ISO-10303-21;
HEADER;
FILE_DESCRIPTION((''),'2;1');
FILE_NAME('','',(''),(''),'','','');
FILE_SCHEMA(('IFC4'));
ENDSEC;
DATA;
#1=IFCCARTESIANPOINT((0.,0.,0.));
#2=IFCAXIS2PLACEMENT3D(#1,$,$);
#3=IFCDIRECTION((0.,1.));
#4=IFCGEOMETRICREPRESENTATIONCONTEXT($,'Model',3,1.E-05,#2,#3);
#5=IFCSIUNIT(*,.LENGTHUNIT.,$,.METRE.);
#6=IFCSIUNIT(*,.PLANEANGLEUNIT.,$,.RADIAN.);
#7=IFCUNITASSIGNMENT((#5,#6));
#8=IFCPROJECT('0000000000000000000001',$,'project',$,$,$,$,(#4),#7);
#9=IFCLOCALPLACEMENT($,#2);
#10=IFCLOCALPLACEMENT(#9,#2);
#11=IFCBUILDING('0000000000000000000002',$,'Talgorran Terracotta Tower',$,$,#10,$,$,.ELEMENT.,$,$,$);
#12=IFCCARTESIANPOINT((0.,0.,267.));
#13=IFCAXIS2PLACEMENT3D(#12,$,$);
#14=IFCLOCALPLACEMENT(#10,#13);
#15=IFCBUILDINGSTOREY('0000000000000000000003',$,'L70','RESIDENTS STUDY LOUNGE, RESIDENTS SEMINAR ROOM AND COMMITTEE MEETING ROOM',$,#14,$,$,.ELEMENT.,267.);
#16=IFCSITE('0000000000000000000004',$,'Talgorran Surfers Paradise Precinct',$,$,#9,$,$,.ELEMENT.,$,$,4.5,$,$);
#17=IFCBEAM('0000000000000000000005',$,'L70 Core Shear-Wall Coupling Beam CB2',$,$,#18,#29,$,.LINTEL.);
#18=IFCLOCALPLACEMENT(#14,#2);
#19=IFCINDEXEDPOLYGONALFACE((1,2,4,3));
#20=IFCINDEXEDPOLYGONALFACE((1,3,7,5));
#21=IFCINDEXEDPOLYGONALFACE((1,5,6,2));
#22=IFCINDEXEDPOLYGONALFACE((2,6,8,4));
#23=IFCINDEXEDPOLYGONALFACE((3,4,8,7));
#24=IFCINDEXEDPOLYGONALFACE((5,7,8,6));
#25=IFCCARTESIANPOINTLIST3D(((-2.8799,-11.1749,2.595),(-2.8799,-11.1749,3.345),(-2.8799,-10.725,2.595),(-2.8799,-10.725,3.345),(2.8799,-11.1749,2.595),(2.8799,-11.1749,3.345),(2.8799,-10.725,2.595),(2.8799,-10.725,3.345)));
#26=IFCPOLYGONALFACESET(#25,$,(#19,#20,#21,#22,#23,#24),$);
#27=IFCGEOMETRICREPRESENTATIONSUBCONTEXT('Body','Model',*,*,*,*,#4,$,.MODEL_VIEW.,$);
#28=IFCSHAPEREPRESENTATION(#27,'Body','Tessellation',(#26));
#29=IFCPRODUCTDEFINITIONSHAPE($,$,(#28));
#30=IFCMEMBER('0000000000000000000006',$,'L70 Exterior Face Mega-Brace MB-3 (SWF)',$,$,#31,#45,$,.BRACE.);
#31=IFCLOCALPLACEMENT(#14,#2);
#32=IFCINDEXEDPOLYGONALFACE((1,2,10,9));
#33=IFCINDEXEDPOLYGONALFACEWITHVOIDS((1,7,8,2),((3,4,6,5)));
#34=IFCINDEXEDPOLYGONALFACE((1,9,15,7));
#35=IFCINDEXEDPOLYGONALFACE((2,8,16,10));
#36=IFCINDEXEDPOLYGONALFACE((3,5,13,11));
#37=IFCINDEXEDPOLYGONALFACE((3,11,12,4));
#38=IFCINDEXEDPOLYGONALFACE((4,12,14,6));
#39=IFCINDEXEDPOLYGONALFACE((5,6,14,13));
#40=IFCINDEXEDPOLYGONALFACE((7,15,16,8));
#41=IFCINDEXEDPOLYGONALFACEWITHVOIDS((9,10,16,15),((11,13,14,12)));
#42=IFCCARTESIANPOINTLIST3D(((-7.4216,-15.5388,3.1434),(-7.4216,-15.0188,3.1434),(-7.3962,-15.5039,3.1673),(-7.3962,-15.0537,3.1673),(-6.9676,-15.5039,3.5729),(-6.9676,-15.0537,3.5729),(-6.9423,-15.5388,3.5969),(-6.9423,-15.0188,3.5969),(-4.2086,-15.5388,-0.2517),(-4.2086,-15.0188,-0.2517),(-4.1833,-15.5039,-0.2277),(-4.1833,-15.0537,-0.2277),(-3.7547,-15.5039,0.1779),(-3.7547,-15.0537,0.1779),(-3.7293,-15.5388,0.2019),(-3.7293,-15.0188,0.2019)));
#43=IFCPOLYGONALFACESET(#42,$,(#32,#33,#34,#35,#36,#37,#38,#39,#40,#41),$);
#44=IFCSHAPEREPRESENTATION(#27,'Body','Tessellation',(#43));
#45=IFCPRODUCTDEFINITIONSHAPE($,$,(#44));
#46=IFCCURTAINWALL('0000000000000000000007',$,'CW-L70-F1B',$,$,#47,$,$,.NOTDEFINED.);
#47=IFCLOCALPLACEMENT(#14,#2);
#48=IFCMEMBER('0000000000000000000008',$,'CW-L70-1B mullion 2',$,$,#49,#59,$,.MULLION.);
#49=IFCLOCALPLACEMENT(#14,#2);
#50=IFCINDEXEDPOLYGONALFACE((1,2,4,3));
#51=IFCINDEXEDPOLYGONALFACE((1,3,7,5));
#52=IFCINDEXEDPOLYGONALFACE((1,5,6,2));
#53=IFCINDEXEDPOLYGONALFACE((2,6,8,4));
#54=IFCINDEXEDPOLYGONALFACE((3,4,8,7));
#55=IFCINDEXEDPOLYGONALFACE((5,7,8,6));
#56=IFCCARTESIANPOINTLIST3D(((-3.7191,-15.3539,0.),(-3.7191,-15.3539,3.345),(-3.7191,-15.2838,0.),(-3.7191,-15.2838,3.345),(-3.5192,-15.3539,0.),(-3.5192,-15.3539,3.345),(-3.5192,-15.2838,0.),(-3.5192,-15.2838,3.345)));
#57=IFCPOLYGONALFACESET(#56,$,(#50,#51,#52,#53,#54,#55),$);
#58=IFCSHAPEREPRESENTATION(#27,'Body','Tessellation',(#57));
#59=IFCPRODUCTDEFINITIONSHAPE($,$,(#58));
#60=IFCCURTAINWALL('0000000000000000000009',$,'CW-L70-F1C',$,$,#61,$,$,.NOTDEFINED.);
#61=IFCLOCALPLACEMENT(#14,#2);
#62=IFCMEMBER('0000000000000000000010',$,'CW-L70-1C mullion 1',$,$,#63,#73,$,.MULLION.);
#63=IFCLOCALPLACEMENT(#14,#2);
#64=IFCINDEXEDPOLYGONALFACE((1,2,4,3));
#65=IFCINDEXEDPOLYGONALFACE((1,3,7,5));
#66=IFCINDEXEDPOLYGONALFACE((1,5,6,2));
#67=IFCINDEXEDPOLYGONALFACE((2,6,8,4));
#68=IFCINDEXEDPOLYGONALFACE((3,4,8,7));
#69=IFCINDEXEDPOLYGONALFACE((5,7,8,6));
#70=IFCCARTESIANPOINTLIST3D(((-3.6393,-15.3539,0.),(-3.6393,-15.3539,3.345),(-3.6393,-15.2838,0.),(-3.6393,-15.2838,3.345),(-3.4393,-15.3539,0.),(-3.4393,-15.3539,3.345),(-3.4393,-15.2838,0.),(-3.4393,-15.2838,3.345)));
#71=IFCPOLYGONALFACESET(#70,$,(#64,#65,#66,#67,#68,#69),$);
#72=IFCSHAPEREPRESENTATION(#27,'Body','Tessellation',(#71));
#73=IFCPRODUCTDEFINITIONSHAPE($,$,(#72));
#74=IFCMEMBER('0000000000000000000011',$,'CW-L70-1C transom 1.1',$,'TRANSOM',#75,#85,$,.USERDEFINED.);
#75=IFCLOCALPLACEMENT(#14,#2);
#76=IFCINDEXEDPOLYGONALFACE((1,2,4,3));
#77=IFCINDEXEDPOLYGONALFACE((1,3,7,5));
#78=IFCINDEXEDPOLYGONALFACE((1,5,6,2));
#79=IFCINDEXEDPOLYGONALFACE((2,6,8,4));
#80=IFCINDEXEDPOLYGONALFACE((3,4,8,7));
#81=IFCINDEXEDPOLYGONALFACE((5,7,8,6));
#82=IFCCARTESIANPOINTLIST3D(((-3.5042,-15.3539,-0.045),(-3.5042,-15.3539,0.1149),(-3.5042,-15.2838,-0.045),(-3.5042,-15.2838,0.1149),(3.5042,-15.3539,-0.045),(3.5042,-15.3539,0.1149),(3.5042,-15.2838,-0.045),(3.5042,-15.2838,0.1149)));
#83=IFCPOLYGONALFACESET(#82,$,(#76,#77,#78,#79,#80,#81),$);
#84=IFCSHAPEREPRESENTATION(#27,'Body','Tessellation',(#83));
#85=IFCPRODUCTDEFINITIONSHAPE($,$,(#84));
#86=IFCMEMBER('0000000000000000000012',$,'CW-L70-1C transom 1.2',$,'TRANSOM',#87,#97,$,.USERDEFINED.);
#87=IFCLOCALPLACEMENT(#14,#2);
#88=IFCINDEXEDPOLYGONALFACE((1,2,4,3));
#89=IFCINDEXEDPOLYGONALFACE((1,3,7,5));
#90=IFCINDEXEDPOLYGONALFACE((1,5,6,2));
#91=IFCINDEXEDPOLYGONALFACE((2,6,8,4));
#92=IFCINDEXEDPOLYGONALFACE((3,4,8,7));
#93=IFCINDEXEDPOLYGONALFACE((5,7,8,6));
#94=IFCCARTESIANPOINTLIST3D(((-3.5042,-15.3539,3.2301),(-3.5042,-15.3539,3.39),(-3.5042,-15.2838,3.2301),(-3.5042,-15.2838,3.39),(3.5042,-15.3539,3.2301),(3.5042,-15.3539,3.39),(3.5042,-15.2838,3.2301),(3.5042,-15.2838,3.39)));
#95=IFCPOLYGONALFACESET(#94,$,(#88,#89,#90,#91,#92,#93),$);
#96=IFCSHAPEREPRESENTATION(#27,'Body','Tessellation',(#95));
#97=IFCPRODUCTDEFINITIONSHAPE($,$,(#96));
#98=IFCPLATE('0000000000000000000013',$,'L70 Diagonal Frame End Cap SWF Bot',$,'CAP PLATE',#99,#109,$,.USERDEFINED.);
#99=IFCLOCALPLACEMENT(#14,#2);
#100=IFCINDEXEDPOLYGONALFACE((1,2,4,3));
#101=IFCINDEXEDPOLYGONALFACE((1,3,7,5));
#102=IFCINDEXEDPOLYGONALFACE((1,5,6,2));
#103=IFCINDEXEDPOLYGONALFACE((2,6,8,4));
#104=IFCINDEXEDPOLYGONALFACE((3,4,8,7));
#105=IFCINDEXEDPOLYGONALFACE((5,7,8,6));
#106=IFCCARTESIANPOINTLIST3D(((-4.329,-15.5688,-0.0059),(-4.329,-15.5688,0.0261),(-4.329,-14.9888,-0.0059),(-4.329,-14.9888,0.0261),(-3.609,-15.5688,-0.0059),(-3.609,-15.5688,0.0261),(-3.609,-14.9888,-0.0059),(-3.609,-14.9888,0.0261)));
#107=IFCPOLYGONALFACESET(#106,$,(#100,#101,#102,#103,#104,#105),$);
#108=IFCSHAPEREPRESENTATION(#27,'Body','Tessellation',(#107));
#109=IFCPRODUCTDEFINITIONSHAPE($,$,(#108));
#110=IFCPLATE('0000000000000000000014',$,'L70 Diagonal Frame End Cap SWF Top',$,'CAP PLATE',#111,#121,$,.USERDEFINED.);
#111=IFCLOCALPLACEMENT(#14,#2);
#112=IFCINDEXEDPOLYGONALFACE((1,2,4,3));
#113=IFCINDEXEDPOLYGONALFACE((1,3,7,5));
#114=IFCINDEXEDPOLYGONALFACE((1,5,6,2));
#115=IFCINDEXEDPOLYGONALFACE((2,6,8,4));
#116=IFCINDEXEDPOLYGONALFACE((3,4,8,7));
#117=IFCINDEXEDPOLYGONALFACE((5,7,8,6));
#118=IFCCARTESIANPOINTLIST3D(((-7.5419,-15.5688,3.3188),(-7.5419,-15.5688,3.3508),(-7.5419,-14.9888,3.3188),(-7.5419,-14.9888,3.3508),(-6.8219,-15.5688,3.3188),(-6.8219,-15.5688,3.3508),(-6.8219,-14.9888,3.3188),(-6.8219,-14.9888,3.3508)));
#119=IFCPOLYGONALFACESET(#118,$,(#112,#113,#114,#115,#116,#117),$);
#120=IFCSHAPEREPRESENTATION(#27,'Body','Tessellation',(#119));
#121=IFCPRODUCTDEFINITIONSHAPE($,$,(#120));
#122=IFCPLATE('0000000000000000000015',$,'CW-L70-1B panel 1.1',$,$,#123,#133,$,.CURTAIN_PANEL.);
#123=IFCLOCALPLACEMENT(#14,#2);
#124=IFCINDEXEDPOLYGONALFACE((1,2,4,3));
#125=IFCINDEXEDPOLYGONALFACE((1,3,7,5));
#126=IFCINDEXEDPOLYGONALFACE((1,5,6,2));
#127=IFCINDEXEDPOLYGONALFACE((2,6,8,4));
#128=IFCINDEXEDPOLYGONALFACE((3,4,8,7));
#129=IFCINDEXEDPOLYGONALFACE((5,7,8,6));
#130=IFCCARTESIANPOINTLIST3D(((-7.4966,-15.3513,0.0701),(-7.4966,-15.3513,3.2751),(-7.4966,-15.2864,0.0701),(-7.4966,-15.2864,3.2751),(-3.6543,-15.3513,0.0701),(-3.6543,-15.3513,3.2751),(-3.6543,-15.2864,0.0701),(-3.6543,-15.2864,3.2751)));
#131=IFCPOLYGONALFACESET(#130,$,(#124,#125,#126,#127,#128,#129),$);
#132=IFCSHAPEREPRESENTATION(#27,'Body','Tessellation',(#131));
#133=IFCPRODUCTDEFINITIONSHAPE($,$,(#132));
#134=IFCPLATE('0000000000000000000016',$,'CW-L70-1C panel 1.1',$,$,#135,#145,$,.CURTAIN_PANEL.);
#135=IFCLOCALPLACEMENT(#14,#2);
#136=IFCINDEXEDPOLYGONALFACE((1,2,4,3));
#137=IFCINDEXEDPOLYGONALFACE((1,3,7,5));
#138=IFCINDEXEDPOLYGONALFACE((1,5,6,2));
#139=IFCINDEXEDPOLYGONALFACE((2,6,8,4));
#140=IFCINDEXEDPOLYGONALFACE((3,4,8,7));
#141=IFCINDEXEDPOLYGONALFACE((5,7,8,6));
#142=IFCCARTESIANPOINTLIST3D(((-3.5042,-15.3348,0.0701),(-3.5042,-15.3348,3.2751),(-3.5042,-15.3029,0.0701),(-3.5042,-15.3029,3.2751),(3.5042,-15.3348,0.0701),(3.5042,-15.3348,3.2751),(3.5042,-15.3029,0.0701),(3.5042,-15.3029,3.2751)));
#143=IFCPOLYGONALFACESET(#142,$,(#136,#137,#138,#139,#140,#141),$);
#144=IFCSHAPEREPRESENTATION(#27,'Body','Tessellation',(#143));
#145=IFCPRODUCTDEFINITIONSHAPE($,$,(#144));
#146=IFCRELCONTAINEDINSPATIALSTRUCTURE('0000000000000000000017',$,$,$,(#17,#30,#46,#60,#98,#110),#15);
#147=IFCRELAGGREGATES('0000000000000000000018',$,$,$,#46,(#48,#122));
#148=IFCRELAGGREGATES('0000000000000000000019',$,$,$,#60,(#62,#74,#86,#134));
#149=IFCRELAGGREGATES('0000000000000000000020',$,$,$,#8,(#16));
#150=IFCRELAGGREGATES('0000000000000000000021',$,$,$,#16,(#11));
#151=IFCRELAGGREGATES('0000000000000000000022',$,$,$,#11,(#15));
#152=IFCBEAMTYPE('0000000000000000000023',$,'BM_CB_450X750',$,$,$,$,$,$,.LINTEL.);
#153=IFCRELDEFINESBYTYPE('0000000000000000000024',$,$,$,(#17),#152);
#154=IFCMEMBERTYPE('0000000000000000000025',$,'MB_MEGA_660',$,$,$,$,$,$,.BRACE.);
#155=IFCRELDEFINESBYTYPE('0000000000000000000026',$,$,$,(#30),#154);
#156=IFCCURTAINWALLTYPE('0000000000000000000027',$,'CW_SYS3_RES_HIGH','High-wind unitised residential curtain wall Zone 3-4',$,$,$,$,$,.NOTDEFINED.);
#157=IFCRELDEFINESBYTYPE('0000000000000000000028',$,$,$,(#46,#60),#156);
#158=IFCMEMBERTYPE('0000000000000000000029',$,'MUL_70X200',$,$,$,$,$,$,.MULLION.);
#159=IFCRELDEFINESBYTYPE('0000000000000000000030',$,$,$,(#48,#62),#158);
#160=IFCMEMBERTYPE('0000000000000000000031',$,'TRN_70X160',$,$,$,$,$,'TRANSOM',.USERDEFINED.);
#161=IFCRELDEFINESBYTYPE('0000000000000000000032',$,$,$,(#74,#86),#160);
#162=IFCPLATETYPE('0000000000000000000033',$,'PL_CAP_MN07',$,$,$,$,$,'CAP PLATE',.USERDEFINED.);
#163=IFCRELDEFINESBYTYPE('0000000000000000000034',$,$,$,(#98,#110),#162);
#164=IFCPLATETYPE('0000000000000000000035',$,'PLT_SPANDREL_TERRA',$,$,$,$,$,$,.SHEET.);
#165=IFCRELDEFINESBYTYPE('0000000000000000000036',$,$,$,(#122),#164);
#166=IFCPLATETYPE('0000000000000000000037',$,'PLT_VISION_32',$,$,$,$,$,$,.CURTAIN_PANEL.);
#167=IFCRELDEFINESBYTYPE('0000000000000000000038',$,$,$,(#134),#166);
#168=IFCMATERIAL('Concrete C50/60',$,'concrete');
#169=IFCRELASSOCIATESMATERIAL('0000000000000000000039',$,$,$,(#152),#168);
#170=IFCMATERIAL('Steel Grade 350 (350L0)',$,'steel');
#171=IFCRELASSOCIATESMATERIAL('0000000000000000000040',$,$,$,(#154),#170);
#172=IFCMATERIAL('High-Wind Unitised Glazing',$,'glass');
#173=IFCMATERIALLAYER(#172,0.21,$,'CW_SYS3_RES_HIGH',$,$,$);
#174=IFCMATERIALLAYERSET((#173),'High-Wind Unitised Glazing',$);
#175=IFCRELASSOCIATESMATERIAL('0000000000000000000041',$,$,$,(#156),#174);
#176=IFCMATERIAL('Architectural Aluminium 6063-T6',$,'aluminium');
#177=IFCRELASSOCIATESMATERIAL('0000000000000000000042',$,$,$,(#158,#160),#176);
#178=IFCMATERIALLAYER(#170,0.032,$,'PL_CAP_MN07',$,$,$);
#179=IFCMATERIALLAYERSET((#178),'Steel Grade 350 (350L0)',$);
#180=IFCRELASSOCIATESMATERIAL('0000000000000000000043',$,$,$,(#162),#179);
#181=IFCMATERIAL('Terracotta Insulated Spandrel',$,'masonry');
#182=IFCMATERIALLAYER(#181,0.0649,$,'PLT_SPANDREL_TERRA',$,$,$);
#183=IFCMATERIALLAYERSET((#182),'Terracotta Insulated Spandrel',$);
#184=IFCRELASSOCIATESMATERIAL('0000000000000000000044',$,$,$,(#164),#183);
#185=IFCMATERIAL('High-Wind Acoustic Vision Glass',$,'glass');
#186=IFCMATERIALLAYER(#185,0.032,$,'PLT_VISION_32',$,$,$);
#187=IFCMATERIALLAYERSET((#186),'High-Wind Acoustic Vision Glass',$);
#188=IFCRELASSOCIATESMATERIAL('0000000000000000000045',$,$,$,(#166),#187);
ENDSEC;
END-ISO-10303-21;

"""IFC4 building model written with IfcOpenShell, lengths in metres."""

from ifc_helpers import new_model, si_unit, direction, frame, origin, origin_2d, place, context, subcontext, project, spatial, rectangle, hollow_rectangle, extrude, source, transform, mapped, material, layer, layer_set, material_profile, profile_set, type_object, type_shapes, element, aggregate, save


model = new_model("IFC4")

# Units and contexts
model_context = context("Model", 3, precision=1e-05, world=origin(), true_north=direction((0.0, 1.0)))
body_context = subcontext(model_context, "Body", "Model", "MODEL_VIEW")
ifc_project = project(units=[si_unit("LENGTHUNIT", "METRE"), si_unit("PLANEANGLEUNIT", "RADIAN")], contexts=[model_context])

# Site, building, storey
site_placement = place(None, origin())
site = spatial("IfcSite", under=ifc_project, at=site_placement, Name="Talgorran Surfers Paradise Precinct", CompositionType="ELEMENT", RefElevation=4.5)
building_placement = place(site_placement, origin())
building = spatial("IfcBuilding", under=site, at=building_placement, Name="Talgorran Terracotta Tower", CompositionType="ELEMENT")
storey_placement = place(building_placement, frame((0.0, 0.0, 267.0)))
storey = spatial("IfcBuildingStorey", under=building, at=storey_placement, Name="L70", Description="RESIDENTS STUDY LOUNGE, RESIDENTS SEMINAR ROOM AND COMMITTEE MEETING ROOM", CompositionType="ELEMENT", Elevation=267.0)

# Beam
ifc_material_1 = material(Name="Concrete C50/60", Category="concrete")
ifc_material_profile_1 = material_profile(ifc_material_1, rectangle(XDim=0.45, YDim=0.75, at=origin_2d()), Name="RCCB450X750")
ifc_profile_set_1 = profile_set([ifc_material_profile_1], Name="Concrete C50/60")
beam_type = type_object("IfcBeamType", Name="BM_CB_450X750", PredefinedType="LINTEL", material=ifc_profile_set_1)
beam_placement = place(storey_placement, frame((-2.8799, -10.95, 2.97), z_axis=(1.0, 0.0, 0.0), x_axis=(0.0, 1.0, 0.0)))
element("IfcBeam", 1, at=beam_placement, inside=storey, type_object=beam_type, Name="L70 Core Shear-Wall Coupling Beam CB2", PredefinedType="LINTEL", context=body_context, shape_type="SweptSolid", body=[
    extrude(rectangle(XDim=0.45, YDim=0.75, at=origin_2d()), origin(), (0.0, 0.0, 1.0), 5.7598),
])

# Member
ifc_material_2 = material(Name="Steel Grade 350 (350L0)", Category="steel")
ifc_material_profile_2 = material_profile(ifc_material_2, hollow_rectangle(XDim=0.52, YDim=0.6599, WallThickness=0.0349, at=origin_2d()), Name="WBOX660X520X35")
ifc_profile_set_2 = profile_set([ifc_material_profile_2], Name="Steel Grade 350 (350L0)")
member_type_1 = type_object("IfcMemberType", Name="MB_MEGA_660", PredefinedType="BRACE", material=ifc_profile_set_2)
member_1_placement = place(storey_placement, frame((-3.969, -15.2788, -0.0249), z_axis=(-0.687356, 0.0, 0.72632), x_axis=(0.0, -1.0, 0.0)))
element("IfcMember", 2, at=member_1_placement, inside=storey, type_object=member_type_1, Name="L70 Exterior Face Mega-Brace MB-3 (SWF)", PredefinedType="BRACE", context=body_context, shape_type="SweptSolid", body=[
    extrude(hollow_rectangle(XDim=0.52, YDim=0.6599, WallThickness=0.0349, at=origin_2d()), origin(), (0.0, 0.0, 1.0), 4.6743),
])

# Curtain wall, member
ifc_material_3 = material(Name="High-Wind Unitised Glazing", Category="glass")
ifc_layer_1 = layer(ifc_material_3, 0.21, Name="CW_SYS3_RES_HIGH")
ifc_layer_set_1 = layer_set([ifc_layer_1], Name="High-Wind Unitised Glazing")
curtain_wall_type = type_object("IfcCurtainWallType", Name="CW_SYS3_RES_HIGH", Description="High-wind unitised residential curtain wall Zone 3-4", PredefinedType="NOTDEFINED", material=ifc_layer_set_1)
curtain_wall_1_placement = place(storey_placement, origin())
curtain_wall_1 = element("IfcCurtainWall", 3, at=curtain_wall_1_placement, inside=storey, type_object=curtain_wall_type, Name="CW-L70-F1B", PredefinedType="NOTDEFINED")
ifc_material_4 = material(Name="Architectural Aluminium 6063-T6", Category="aluminium")
ifc_material_profile_3 = material_profile(ifc_material_4, rectangle(XDim=0.0701, YDim=0.2, at=origin_2d()), Name="CWM70X200")
ifc_profile_set_3 = profile_set([ifc_material_profile_3], Name="Architectural Aluminium 6063-T6")
member_type_2 = type_object("IfcMemberType", Name="MUL_70X200", PredefinedType="MULLION", material=ifc_profile_set_3)
member_2_placement = place(storey_placement, frame((-3.6191, -15.3188, 0.0), z_axis=(0.0, 0.0, 1.0), x_axis=(0.0, 1.0, 0.0)))
member_2 = element("IfcMember", 4, at=member_2_placement, type_object=member_type_2, Name="CW-L70-1B mullion 2", PredefinedType="MULLION", context=body_context, shape_type="SweptSolid", body=[
    extrude(rectangle(XDim=0.0701, YDim=0.2, at=origin_2d()), origin(), (0.0, 0.0, 1.0), 3.345),
])

# Curtain wall, members
curtain_wall_2_placement = place(storey_placement, origin())
curtain_wall_2 = element("IfcCurtainWall", 5, at=curtain_wall_2_placement, inside=storey, type_object=curtain_wall_type, Name="CW-L70-F1C", PredefinedType="NOTDEFINED")
member_3_placement = place(storey_placement, frame((-3.5393, -15.3188, 0.0), z_axis=(0.0, 0.0, 1.0), x_axis=(0.0, 1.0, 0.0)))
member_3 = element("IfcMember", 6, at=member_3_placement, type_object=member_type_2, Name="CW-L70-1C mullion 1", PredefinedType="MULLION", context=body_context, shape_type="SweptSolid", body=[
    extrude(rectangle(XDim=0.0701, YDim=0.2, at=origin_2d()), origin(), (0.0, 0.0, 1.0), 3.345),
])
ifc_material_profile_4 = material_profile(ifc_material_4, rectangle(XDim=0.0701, YDim=0.1599, at=origin_2d()), Name="CWT70X160")
ifc_profile_set_4 = profile_set([ifc_material_profile_4], Name="Architectural Aluminium 6063-T6")
member_type_3 = type_object("IfcMemberType", Name="TRN_70X160", ElementType="TRANSOM", PredefinedType="USERDEFINED", material=ifc_profile_set_4)
member_4_placement = place(storey_placement, frame((-3.5042, -15.3188, 0.0349), z_axis=(1.0, 0.0, 0.0), x_axis=(0.0, 1.0, 0.0)))
member_4 = element("IfcMember", 7, at=member_4_placement, type_object=member_type_3, Name="CW-L70-1C transom 1.1", ObjectType="TRANSOM", PredefinedType="USERDEFINED", context=body_context, shape_type="SweptSolid", body=[
    extrude(rectangle(XDim=0.0701, YDim=0.1599, at=origin_2d()), origin(), (0.0, 0.0, 1.0), 7.0083),
])
member_5_placement = place(storey_placement, frame((-3.5042, -15.3188, 3.3101), z_axis=(1.0, 0.0, 0.0), x_axis=(0.0, 1.0, 0.0)))
member_5 = element("IfcMember", 8, at=member_5_placement, type_object=member_type_3, Name="CW-L70-1C transom 1.2", ObjectType="TRANSOM", PredefinedType="USERDEFINED", context=body_context, shape_type="SweptSolid", body=[
    extrude(rectangle(XDim=0.0701, YDim=0.1599, at=origin_2d()), origin(), (0.0, 0.0, 1.0), 7.0083),
])

# Plates
ifc_layer_2 = layer(ifc_material_2, 0.032, Name="PL_CAP_MN07")
ifc_layer_set_2 = layer_set([ifc_layer_2], Name="Steel Grade 350 (350L0)")
plate_type_1 = type_object("IfcPlateType", Name="PL_CAP_MN07", ElementType="CAP PLATE", PredefinedType="USERDEFINED", material=ifc_layer_set_2)
for number, where, z_axis, x_axis, name in (
    (9, (-3.969, -15.2788, -0.0059), (0.0, 0.0, 1.0), (-1.0, 0.0, 0.0), "L70 Diagonal Frame End Cap SWF Bot"),
    (10, (-7.1819, -15.2788, 3.3188), (0.0, 0.0, 1.0), (-1.0, 0.0, 0.0), "L70 Diagonal Frame End Cap SWF Top"),
):
    element("IfcPlate", number, at=place(storey_placement, frame(where, z_axis=z_axis, x_axis=x_axis)), inside=storey, type_object=plate_type_1, Name=name, ObjectType="CAP PLATE", PredefinedType="USERDEFINED", context=body_context, shape_type="SweptSolid", body=[
        extrude(rectangle(XDim=0.72, YDim=0.5801, at=origin_2d()), origin(), (0.0, 0.0, 1.0), 0.032),
    ])

# Plates
ifc_material_5 = material(Name="Terracotta Insulated Spandrel", Category="masonry")
ifc_layer_3 = layer(ifc_material_5, 0.0649, Name="PLT_SPANDREL_TERRA")
ifc_layer_set_3 = layer_set([ifc_layer_3], Name="Terracotta Insulated Spandrel")
plate_type_2 = type_object("IfcPlateType", Name="PLT_SPANDREL_TERRA", PredefinedType="SHEET", material=ifc_layer_set_3)
shared_shape_1 = source(origin(), body_context, "Body", "SweptSolid", [
    extrude(rectangle(XDim=3.8423, YDim=0.0649, at=origin_2d()), origin(), (0.0, 0.0, 1.0), 3.2051),
])
type_shapes(plate_type_2, [shared_shape_1])
plate_1_placement = place(storey_placement, frame((-5.5754, -15.3188, 0.0701), z_axis=(0.0, 0.0, 1.0), x_axis=(1.0, 0.0, 0.0)))
plate_1 = element("IfcPlate", 11, at=plate_1_placement, type_object=plate_type_2, Name="CW-L70-1B panel 1.1", PredefinedType="CURTAIN_PANEL", context=body_context, shape_type="MappedRepresentation", body=[
    mapped(shared_shape_1, transform((0.0, 0.0, 0.0), scale=1.0)),
])
aggregate(curtain_wall_1, [member_2, plate_1])
ifc_material_6 = material(Name="High-Wind Acoustic Vision Glass", Category="glass")
ifc_layer_4 = layer(ifc_material_6, 0.032, Name="PLT_VISION_32")
ifc_layer_set_4 = layer_set([ifc_layer_4], Name="High-Wind Acoustic Vision Glass")
plate_type_3 = type_object("IfcPlateType", Name="PLT_VISION_32", PredefinedType="CURTAIN_PANEL", material=ifc_layer_set_4)
shared_shape_2 = source(origin(), body_context, "Body", "SweptSolid", [
    extrude(rectangle(XDim=7.0083, YDim=0.032, at=origin_2d()), origin(), (0.0, 0.0, 1.0), 3.2051),
])
type_shapes(plate_type_3, [shared_shape_2])
plate_2_placement = place(storey_placement, frame((0.0, -15.3188, 0.0701), z_axis=(0.0, 0.0, 1.0), x_axis=(1.0, 0.0, 0.0)))
plate_2 = element("IfcPlate", 12, at=plate_2_placement, type_object=plate_type_3, Name="CW-L70-1C panel 1.1", PredefinedType="CURTAIN_PANEL", context=body_context, shape_type="MappedRepresentation", body=[
    mapped(shared_shape_2, transform((0.0, 0.0, 0.0), scale=1.0)),
])
aggregate(curtain_wall_2, [member_3, member_4, member_5, plate_2])

save(model, "model.ifc")
